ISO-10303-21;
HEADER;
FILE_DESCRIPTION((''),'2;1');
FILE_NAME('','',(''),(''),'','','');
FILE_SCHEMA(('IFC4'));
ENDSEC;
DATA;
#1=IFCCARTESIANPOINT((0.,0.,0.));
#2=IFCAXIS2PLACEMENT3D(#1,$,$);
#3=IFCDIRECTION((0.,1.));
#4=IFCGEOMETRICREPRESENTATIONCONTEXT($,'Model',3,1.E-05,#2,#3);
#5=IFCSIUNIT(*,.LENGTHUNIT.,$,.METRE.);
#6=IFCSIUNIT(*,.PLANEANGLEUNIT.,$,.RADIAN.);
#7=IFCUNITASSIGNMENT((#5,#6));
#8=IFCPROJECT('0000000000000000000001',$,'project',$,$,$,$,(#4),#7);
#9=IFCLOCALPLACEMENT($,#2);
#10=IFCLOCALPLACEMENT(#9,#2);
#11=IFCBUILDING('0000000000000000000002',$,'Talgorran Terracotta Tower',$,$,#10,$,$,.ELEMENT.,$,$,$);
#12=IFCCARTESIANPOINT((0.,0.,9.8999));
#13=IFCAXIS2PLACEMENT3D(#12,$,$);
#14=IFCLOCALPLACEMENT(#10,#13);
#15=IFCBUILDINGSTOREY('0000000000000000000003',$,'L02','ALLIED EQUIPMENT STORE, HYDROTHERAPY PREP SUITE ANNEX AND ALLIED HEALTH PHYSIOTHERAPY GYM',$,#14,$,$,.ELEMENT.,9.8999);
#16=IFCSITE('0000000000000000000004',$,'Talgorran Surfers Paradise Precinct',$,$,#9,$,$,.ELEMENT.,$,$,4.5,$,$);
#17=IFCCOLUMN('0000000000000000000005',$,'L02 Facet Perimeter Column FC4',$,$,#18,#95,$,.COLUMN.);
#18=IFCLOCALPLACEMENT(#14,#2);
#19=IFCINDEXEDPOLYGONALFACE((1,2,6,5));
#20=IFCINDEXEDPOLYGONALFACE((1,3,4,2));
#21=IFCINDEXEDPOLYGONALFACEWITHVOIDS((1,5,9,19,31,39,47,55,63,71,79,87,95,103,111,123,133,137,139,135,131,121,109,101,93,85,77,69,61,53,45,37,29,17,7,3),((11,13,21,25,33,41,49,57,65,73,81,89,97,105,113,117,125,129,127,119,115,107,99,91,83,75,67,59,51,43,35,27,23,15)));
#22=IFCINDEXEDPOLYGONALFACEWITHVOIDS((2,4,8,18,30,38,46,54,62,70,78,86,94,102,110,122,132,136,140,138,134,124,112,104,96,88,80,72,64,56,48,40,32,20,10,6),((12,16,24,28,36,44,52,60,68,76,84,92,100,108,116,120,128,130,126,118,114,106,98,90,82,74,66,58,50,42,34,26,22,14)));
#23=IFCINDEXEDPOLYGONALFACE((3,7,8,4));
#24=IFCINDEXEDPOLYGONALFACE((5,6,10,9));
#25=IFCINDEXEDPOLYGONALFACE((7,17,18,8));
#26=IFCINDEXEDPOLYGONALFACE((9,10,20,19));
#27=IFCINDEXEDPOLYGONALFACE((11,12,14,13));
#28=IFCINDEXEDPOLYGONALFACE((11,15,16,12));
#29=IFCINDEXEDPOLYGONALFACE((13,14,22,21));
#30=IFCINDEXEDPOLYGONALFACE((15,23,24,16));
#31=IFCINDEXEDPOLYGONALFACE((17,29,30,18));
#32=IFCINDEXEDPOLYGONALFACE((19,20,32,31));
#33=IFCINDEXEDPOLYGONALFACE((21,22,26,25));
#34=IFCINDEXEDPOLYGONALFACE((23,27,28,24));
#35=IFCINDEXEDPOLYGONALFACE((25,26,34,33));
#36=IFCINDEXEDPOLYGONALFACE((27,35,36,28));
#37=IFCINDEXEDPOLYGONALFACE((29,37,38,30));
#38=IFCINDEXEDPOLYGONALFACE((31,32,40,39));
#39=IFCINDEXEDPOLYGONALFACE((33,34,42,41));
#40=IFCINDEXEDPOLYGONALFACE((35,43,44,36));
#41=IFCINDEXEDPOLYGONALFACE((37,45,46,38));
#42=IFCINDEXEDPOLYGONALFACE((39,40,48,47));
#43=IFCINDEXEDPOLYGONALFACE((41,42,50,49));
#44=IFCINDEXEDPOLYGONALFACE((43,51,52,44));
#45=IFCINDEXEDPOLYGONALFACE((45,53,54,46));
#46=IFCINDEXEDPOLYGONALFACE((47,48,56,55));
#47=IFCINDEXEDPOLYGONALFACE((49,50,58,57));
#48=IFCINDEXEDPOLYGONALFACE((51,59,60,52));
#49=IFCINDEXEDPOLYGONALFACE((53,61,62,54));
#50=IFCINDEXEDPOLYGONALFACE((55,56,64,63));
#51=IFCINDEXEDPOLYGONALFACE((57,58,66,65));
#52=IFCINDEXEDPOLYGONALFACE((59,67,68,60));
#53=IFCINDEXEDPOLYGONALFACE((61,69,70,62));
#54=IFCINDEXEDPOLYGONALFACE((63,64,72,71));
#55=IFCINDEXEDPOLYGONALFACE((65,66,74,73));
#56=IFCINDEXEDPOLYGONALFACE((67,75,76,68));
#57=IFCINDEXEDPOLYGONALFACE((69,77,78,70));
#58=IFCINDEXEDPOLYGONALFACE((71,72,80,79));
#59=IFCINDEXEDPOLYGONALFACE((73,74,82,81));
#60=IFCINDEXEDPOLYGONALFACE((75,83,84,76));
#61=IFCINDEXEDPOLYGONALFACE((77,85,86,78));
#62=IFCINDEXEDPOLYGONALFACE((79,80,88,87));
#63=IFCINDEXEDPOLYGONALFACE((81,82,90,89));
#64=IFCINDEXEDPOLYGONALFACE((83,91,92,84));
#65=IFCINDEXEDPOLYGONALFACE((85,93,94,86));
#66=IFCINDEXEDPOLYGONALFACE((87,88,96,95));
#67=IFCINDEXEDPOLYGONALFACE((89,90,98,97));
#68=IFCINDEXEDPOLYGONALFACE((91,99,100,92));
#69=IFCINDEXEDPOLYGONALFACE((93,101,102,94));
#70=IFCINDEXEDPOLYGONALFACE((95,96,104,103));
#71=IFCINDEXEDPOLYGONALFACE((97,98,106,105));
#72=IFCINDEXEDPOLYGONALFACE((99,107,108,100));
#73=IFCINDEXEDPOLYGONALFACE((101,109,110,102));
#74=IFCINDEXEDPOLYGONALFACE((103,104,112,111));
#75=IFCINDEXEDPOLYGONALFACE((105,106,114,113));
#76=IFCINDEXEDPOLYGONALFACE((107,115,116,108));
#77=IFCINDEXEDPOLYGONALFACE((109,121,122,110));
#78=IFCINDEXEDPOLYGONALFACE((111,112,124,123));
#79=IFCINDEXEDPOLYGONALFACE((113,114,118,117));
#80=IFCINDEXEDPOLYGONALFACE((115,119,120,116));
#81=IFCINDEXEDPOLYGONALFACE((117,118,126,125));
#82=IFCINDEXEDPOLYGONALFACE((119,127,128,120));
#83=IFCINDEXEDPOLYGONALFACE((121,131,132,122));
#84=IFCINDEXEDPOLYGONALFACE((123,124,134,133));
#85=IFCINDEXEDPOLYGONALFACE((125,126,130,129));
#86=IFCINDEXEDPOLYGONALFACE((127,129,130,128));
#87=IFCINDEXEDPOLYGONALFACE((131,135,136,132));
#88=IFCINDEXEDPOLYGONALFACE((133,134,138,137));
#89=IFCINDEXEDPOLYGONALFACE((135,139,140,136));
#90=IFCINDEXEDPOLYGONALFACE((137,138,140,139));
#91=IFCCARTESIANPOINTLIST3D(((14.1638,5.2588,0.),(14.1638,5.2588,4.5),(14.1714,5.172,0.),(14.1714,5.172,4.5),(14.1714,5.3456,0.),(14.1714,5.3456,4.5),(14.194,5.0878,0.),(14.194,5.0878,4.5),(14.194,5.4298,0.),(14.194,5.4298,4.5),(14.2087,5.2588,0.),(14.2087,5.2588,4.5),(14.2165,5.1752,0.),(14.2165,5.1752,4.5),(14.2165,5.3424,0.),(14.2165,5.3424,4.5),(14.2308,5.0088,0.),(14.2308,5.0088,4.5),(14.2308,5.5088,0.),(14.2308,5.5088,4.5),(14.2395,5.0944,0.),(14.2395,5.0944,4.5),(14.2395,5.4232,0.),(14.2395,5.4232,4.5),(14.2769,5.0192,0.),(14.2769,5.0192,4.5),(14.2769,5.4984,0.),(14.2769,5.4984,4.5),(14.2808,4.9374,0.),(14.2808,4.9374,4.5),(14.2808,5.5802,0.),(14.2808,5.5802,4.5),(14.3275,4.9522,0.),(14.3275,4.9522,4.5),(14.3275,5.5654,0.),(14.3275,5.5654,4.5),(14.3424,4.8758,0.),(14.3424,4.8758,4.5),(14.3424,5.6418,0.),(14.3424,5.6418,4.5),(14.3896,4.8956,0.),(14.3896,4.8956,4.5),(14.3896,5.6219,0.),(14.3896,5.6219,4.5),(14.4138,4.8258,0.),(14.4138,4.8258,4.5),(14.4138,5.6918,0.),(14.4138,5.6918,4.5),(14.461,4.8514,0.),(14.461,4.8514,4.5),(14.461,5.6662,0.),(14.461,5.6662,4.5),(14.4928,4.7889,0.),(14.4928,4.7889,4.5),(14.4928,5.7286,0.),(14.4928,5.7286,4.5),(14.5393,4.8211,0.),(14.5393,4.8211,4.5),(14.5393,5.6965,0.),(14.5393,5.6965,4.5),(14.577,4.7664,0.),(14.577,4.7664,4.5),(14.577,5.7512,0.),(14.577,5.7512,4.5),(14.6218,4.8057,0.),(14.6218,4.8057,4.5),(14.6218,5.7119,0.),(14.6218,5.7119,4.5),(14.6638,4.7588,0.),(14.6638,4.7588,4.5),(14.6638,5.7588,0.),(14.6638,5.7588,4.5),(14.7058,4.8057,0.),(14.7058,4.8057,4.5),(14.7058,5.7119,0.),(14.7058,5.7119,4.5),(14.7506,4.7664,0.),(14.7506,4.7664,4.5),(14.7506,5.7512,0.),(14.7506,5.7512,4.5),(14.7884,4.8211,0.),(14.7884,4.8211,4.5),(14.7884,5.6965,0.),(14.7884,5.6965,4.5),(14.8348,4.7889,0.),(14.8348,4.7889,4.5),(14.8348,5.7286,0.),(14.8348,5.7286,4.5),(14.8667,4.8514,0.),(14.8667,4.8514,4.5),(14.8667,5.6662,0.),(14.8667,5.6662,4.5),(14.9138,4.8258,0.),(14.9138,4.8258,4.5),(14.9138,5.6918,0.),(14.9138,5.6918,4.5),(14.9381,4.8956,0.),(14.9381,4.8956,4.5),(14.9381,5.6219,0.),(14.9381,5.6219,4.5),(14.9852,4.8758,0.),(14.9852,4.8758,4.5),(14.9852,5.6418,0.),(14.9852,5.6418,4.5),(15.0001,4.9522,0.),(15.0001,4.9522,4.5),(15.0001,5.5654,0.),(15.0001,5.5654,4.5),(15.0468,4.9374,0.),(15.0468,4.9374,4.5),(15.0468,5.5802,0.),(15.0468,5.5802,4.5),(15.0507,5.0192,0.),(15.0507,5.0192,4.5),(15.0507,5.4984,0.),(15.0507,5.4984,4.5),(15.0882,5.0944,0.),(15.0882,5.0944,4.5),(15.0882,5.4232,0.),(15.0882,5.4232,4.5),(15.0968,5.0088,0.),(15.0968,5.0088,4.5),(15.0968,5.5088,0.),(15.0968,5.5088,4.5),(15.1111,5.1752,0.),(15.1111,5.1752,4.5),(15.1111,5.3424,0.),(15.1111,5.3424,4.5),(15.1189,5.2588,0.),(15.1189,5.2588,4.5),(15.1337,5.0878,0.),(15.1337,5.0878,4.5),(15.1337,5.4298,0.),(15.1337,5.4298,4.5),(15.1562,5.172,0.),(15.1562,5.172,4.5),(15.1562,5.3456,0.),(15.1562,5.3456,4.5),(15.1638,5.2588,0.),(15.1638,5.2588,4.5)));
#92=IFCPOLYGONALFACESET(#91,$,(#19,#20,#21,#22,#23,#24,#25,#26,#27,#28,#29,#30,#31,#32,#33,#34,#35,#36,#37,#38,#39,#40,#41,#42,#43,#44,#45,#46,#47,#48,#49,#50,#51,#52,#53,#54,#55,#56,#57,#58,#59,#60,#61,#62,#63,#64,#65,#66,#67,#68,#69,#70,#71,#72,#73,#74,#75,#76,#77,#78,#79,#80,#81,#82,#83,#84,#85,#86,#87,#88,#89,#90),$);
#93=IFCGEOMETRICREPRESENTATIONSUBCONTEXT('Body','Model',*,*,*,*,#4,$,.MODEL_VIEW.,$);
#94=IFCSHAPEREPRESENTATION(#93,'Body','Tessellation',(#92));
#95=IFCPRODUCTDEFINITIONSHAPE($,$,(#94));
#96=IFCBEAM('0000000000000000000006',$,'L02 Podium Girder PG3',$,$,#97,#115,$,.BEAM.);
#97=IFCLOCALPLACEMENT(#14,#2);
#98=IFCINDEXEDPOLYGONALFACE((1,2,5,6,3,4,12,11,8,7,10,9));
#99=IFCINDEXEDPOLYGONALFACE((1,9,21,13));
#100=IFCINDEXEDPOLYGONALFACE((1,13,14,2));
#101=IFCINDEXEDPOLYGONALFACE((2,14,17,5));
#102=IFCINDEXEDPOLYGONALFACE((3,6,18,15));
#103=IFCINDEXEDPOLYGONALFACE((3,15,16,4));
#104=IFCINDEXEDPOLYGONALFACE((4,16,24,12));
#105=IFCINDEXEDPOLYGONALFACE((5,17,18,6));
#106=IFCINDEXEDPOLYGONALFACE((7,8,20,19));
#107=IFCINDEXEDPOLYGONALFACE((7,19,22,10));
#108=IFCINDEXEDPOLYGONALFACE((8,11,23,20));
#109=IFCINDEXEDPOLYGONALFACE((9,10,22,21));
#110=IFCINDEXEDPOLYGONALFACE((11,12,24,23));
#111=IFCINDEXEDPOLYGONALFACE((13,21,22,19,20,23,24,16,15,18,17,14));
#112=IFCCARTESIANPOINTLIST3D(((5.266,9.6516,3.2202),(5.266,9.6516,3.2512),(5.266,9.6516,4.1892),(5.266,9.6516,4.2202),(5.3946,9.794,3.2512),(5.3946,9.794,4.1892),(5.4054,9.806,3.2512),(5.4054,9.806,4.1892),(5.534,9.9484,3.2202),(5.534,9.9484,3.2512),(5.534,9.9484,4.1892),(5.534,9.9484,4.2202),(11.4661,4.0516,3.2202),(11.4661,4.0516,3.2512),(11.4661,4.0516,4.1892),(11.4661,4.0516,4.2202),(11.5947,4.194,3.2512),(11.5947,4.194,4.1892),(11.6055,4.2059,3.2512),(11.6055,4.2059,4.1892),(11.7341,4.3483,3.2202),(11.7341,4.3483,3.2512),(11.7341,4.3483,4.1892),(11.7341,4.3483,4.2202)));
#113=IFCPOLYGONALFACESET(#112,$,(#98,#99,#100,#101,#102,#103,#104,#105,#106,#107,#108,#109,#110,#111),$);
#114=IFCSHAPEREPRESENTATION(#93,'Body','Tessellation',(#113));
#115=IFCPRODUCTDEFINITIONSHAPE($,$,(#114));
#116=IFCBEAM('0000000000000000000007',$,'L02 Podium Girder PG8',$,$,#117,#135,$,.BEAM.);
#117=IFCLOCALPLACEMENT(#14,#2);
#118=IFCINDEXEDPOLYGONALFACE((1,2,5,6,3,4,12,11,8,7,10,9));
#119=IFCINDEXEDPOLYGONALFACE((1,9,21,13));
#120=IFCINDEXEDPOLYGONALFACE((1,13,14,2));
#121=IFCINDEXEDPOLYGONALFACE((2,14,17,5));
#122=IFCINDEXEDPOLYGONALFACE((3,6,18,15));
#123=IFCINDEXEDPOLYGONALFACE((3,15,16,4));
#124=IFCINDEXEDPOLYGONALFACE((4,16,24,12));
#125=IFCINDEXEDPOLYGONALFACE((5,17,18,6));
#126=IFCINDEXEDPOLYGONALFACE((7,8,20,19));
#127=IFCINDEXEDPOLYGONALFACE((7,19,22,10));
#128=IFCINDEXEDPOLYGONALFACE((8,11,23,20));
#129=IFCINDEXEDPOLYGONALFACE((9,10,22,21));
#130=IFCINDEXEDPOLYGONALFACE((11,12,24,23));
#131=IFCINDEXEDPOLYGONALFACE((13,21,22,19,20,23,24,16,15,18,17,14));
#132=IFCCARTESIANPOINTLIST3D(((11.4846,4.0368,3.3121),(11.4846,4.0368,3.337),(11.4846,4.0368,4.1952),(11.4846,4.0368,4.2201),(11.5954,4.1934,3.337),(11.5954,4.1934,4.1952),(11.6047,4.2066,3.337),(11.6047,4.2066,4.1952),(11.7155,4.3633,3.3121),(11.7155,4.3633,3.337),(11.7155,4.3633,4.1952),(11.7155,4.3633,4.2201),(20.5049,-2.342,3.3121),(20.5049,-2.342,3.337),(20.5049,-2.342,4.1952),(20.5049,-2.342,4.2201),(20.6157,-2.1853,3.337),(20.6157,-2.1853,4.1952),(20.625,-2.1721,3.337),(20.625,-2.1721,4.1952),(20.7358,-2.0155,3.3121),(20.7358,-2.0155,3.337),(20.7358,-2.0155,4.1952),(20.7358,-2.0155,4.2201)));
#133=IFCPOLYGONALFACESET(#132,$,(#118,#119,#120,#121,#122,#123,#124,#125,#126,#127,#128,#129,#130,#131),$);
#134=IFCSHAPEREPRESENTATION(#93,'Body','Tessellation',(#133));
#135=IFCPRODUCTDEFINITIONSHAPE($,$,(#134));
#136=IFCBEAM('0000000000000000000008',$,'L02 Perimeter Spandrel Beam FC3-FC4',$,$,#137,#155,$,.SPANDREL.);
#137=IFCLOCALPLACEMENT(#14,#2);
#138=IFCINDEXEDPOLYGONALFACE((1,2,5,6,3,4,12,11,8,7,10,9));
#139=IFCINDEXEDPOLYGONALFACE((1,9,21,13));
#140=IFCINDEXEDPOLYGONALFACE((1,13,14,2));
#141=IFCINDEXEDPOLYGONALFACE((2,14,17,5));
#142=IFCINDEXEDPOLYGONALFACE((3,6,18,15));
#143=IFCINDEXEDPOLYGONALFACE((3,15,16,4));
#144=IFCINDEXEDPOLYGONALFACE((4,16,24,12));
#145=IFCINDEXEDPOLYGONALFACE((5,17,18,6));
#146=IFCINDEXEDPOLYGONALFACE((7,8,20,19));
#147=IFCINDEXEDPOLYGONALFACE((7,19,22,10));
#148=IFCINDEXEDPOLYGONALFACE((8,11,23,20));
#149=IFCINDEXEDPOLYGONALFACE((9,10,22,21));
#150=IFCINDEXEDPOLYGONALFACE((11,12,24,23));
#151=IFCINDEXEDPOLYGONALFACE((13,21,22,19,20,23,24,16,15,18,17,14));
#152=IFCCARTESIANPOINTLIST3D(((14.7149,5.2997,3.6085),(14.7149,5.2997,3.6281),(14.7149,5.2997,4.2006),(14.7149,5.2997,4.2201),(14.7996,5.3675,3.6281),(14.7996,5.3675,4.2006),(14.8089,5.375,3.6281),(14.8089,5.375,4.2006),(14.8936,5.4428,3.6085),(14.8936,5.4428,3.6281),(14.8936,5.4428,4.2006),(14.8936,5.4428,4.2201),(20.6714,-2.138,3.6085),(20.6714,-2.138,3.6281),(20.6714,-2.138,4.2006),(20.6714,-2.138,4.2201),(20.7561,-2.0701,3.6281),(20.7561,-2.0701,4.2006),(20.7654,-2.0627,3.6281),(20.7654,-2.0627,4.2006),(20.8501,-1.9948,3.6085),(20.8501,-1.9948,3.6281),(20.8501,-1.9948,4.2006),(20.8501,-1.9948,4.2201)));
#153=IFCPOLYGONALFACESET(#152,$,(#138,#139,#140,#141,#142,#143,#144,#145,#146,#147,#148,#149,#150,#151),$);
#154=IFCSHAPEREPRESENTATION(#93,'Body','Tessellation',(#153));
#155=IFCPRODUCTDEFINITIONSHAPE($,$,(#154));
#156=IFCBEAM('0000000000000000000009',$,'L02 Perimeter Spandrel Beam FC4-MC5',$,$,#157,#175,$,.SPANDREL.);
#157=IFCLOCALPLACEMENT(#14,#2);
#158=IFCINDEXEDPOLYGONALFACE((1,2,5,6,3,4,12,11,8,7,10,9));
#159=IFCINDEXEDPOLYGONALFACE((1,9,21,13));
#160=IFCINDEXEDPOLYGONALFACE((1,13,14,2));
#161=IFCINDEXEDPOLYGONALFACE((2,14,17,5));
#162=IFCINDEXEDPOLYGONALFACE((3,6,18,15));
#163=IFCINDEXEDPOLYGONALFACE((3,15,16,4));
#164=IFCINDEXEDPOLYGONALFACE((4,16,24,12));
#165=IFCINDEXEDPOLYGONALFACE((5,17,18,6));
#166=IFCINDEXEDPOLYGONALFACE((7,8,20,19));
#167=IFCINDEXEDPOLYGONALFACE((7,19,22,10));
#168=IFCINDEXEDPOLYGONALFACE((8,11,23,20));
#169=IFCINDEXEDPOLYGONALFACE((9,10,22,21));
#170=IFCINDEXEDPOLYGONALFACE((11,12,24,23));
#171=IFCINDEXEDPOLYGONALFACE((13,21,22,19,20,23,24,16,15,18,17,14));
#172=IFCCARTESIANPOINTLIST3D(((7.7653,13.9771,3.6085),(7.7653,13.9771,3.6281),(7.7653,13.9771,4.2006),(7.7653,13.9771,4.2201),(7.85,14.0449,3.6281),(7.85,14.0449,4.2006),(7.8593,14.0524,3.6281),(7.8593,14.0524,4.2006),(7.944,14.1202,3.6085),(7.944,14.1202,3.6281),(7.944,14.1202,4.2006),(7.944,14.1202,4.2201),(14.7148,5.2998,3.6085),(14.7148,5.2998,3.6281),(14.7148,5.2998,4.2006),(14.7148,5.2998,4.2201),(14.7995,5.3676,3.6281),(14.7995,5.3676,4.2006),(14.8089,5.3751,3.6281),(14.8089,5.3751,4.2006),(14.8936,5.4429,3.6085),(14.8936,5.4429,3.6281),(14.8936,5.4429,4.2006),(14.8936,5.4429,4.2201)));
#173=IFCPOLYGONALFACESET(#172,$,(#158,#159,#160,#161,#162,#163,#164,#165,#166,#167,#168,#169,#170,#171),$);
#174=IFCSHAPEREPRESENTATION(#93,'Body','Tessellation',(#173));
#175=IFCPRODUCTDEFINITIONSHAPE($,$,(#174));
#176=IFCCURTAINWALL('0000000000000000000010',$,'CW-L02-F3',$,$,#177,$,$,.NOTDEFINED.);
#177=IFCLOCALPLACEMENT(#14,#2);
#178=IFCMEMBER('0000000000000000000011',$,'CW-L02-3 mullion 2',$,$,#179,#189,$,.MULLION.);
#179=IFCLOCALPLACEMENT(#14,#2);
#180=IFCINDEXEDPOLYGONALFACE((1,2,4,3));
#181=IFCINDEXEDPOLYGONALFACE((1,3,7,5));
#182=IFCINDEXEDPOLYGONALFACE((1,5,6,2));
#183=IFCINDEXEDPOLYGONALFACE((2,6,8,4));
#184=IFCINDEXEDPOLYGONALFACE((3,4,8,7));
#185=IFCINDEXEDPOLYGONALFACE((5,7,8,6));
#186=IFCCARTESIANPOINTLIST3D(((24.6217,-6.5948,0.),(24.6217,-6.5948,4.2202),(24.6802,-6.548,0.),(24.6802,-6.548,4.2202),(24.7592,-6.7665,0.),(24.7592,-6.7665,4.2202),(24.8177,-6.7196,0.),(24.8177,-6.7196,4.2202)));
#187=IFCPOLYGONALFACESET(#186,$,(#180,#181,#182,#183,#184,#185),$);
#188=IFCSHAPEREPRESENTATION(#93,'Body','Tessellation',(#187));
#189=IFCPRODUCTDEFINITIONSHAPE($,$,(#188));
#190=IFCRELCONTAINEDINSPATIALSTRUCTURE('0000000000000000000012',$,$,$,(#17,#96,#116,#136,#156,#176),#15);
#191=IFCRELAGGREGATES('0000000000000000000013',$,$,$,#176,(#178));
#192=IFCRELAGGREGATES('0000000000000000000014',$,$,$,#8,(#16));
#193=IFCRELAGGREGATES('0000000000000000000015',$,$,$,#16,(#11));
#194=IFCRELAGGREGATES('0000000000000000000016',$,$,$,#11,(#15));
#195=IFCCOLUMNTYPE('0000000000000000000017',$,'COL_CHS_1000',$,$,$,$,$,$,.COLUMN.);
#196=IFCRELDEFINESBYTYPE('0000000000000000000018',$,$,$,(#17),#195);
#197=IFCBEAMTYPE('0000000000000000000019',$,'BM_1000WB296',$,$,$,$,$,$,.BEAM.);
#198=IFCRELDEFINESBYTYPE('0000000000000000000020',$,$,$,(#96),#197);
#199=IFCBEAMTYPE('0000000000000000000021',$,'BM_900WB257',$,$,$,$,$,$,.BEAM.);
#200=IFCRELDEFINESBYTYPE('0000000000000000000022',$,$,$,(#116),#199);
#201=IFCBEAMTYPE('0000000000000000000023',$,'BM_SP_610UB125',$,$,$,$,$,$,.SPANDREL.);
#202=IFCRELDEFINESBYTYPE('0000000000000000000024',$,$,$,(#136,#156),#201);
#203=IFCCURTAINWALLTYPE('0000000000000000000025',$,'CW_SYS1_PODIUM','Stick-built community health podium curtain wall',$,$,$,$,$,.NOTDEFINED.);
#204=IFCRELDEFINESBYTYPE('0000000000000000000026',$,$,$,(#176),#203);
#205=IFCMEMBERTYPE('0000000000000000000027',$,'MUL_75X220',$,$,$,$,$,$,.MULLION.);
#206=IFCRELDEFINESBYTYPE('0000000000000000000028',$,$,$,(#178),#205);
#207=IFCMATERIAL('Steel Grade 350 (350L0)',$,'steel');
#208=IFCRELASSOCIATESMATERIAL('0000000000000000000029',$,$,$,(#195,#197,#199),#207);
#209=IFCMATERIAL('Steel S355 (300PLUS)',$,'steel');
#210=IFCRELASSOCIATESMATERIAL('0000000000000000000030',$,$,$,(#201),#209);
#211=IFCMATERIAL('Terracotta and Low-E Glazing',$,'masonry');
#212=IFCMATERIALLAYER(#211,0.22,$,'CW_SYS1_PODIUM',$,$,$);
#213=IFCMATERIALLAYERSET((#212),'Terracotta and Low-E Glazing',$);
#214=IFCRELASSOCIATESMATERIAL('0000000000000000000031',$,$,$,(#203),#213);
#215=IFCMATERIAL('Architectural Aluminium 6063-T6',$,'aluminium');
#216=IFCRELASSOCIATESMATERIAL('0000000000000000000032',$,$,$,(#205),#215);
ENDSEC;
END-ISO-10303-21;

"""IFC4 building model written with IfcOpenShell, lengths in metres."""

from ifc_helpers import new_model, si_unit, direction, frame, origin, origin_2d, place, context, subcontext, project, spatial, rectangle, hollow_circle, i_section, extrude, material, layer, layer_set, material_profile, profile_set, type_object, element, aggregate, save


model = new_model("IFC4")

# Units and contexts
model_context = context("Model", 3, precision=1e-05, world=origin(), true_north=direction((0.0, 1.0)))
body_context = subcontext(model_context, "Body", "Model", "MODEL_VIEW")
ifc_project = project(units=[si_unit("LENGTHUNIT", "METRE"), si_unit("PLANEANGLEUNIT", "RADIAN")], contexts=[model_context])

# Site, building, storey
site_placement = place(None, origin())
site = spatial("IfcSite", under=ifc_project, at=site_placement, Name="Talgorran Surfers Paradise Precinct", CompositionType="ELEMENT", RefElevation=4.5)
building_placement = place(site_placement, origin())
building = spatial("IfcBuilding", under=site, at=building_placement, Name="Talgorran Terracotta Tower", CompositionType="ELEMENT")
storey_placement = place(building_placement, frame((0.0, 0.0, 9.8999)))
storey = spatial("IfcBuildingStorey", under=building, at=storey_placement, Name="L02", Description="ALLIED EQUIPMENT STORE, HYDROTHERAPY PREP SUITE ANNEX AND ALLIED HEALTH PHYSIOTHERAPY GYM", CompositionType="ELEMENT", Elevation=9.8999)

# Column
ifc_material_1 = material(Name="Steel S355 (300PLUS)", Category="steel")
ifc_material_2 = material(Name="Steel Grade 350 (350L0)", Category="steel")
ifc_material_profile_1 = material_profile(ifc_material_2, hollow_circle(Radius=0.5, WallThickness=0.0449, at=origin_2d()), Name="CHS1000X45")
ifc_profile_set_1 = profile_set([ifc_material_profile_1], Name="Steel Grade 350 (350L0)")
column_type_1 = type_object("IfcColumnType", Name="COL_CHS_1000", PredefinedType="COLUMN", material=ifc_profile_set_1)
for number, where, z_axis, x_axis, name in (
    (1, (14.6638, 5.2588, 0.0), (0.0, 0.0, 1.0), (1.0, 0.0, 0.0), "L02 Facet Perimeter Column FC4"),
):
    element("IfcColumn", number, at=place(storey_placement, frame(where, z_axis=z_axis, x_axis=x_axis)), inside=storey, type_object=column_type_1, Name=name, PredefinedType="COLUMN", context=body_context, shape_type="SweptSolid", body=[
        extrude(hollow_circle(Radius=0.5, WallThickness=0.0449, at=origin_2d()), origin(), (0.0, 0.0, 1.0), 4.5),
    ])

# Beams
ifc_material_profile_2 = material_profile(ifc_material_2, i_section(OverallWidth=0.3999, OverallDepth=1.0, WebThickness=0.0161, FlangeThickness=0.031, at=origin_2d()), Name="1000WB296")
ifc_profile_set_2 = profile_set([ifc_material_profile_2], Name="Steel Grade 350 (350L0)")
beam_type_1 = type_object("IfcBeamType", Name="BM_1000WB296", PredefinedType="BEAM", material=ifc_profile_set_2)
beam_1_placement = place(storey_placement, frame((11.6001, 4.2, 3.7202), z_axis=(-0.742107, 0.670281, 0.0), x_axis=(-0.670281, -0.742107, 0.0)))
element("IfcBeam", 2, at=beam_1_placement, inside=storey, type_object=beam_type_1, Name="L02 Podium Girder PG3", PredefinedType="BEAM", context=body_context, shape_type="SweptSolid", body=[
    extrude(i_section(OverallWidth=0.3999, OverallDepth=1.0, WebThickness=0.0161, FlangeThickness=0.031, at=origin_2d()), origin(), (0.0, 0.0, 1.0), 8.3547),
])
ifc_material_profile_3 = material_profile(ifc_material_2, i_section(OverallWidth=0.3999, OverallDepth=0.908, WebThickness=0.0161, FlangeThickness=0.0249, at=origin_2d()), Name="900WB257")
ifc_profile_set_3 = profile_set([ifc_material_profile_3], Name="Steel Grade 350 (350L0)")
beam_type_2 = type_object("IfcBeamType", Name="BM_900WB257", PredefinedType="BEAM", material=ifc_profile_set_3)
beam_2_placement = place(storey_placement, frame((20.6204, -2.1787, 3.7661), z_axis=(-0.816481, 0.577373, 0.0), x_axis=(-0.577373, -0.816481, 0.0)))
element("IfcBeam", 3, at=beam_2_placement, inside=storey, type_object=beam_type_2, Name="L02 Podium Girder PG8", PredefinedType="BEAM", context=body_context, shape_type="SweptSolid", body=[
    extrude(i_section(OverallWidth=0.3999, OverallDepth=0.908, WebThickness=0.0161, FlangeThickness=0.0249, at=origin_2d()), origin(), (0.0, 0.0, 1.0), 11.0479),
])
ifc_material_profile_4 = material_profile(ifc_material_1, i_section(OverallWidth=0.229, OverallDepth=0.6116, WebThickness=0.012, FlangeThickness=0.0195, at=origin_2d()), Name="610UB125")
ifc_profile_set_4 = profile_set([ifc_material_profile_4], Name="Steel S355 (300PLUS)")
beam_type_3 = type_object("IfcBeamType", Name="BM_SP_610UB125", PredefinedType="SPANDREL", material=ifc_profile_set_4)
beam_3_placement = place(storey_placement, frame((20.7607, -2.0664, 3.9143), z_axis=(-0.625101, 0.780544, 0.0), x_axis=(-0.780544, -0.625101, 0.0)))
element("IfcBeam", 4, at=beam_3_placement, inside=storey, type_object=beam_type_3, Name="L02 Perimeter Spandrel Beam FC3-FC4", PredefinedType="SPANDREL", context=body_context, shape_type="SweptSolid", body=[
    extrude(i_section(OverallWidth=0.229, OverallDepth=0.6116, WebThickness=0.012, FlangeThickness=0.0195, at=origin_2d()), origin(), (0.0, 0.0, 1.0), 9.5288),
])
beam_4_placement = place(storey_placement, frame((14.8042, 5.3713, 3.9143), z_axis=(-0.625115, 0.780532, 0.0), x_axis=(-0.780532, -0.625115, 0.0)))
element("IfcBeam", 5, at=beam_4_placement, inside=storey, type_object=beam_type_3, Name="L02 Perimeter Spandrel Beam FC4-MC5", PredefinedType="SPANDREL", context=body_context, shape_type="SweptSolid", body=[
    extrude(i_section(OverallWidth=0.229, OverallDepth=0.6116, WebThickness=0.012, FlangeThickness=0.0195, at=origin_2d()), origin(), (0.0, 0.0, 1.0), 11.1172),
])

# Curtain wall, member
ifc_material_3 = material(Name="Terracotta and Low-E Glazing", Category="masonry")
ifc_layer_1 = layer(ifc_material_3, 0.22, Name="CW_SYS1_PODIUM")
ifc_layer_set_1 = layer_set([ifc_layer_1], Name="Terracotta and Low-E Glazing")
curtain_wall_type = type_object("IfcCurtainWallType", Name="CW_SYS1_PODIUM", Description="Stick-built community health podium curtain wall", PredefinedType="NOTDEFINED", material=ifc_layer_set_1)
curtain_wall_placement = place(storey_placement, origin())
curtain_wall = element("IfcCurtainWall", 6, at=curtain_wall_placement, inside=storey, type_object=curtain_wall_type, Name="CW-L02-F3", PredefinedType="NOTDEFINED")
ifc_material_4 = material(Name="Architectural Aluminium 6063-T6", Category="aluminium")
ifc_material_profile_5 = material_profile(ifc_material_4, rectangle(XDim=0.075, YDim=0.22, at=origin_2d()), Name="CWM75X220")
ifc_profile_set_5 = profile_set([ifc_material_profile_5], Name="Architectural Aluminium 6063-T6")
member_type_1 = type_object("IfcMemberType", Name="MUL_75X220", PredefinedType="MULLION", material=ifc_profile_set_5)
member_1_placement = place(storey_placement, frame((24.7197, -6.6572, 0.0), z_axis=(0.0, 0.0, 1.0), x_axis=(-0.780532, -0.625116, 0.0)))
member_1 = element("IfcMember", 7, at=member_1_placement, type_object=member_type_1, Name="CW-L02-3 mullion 2", PredefinedType="MULLION", context=body_context, shape_type="SweptSolid", body=[
    extrude(rectangle(XDim=0.075, YDim=0.22, at=origin_2d()), origin(), (0.0, 0.0, 1.0), 4.2202),
])
aggregate(curtain_wall, [member_1])

save(model, "model.ifc")
